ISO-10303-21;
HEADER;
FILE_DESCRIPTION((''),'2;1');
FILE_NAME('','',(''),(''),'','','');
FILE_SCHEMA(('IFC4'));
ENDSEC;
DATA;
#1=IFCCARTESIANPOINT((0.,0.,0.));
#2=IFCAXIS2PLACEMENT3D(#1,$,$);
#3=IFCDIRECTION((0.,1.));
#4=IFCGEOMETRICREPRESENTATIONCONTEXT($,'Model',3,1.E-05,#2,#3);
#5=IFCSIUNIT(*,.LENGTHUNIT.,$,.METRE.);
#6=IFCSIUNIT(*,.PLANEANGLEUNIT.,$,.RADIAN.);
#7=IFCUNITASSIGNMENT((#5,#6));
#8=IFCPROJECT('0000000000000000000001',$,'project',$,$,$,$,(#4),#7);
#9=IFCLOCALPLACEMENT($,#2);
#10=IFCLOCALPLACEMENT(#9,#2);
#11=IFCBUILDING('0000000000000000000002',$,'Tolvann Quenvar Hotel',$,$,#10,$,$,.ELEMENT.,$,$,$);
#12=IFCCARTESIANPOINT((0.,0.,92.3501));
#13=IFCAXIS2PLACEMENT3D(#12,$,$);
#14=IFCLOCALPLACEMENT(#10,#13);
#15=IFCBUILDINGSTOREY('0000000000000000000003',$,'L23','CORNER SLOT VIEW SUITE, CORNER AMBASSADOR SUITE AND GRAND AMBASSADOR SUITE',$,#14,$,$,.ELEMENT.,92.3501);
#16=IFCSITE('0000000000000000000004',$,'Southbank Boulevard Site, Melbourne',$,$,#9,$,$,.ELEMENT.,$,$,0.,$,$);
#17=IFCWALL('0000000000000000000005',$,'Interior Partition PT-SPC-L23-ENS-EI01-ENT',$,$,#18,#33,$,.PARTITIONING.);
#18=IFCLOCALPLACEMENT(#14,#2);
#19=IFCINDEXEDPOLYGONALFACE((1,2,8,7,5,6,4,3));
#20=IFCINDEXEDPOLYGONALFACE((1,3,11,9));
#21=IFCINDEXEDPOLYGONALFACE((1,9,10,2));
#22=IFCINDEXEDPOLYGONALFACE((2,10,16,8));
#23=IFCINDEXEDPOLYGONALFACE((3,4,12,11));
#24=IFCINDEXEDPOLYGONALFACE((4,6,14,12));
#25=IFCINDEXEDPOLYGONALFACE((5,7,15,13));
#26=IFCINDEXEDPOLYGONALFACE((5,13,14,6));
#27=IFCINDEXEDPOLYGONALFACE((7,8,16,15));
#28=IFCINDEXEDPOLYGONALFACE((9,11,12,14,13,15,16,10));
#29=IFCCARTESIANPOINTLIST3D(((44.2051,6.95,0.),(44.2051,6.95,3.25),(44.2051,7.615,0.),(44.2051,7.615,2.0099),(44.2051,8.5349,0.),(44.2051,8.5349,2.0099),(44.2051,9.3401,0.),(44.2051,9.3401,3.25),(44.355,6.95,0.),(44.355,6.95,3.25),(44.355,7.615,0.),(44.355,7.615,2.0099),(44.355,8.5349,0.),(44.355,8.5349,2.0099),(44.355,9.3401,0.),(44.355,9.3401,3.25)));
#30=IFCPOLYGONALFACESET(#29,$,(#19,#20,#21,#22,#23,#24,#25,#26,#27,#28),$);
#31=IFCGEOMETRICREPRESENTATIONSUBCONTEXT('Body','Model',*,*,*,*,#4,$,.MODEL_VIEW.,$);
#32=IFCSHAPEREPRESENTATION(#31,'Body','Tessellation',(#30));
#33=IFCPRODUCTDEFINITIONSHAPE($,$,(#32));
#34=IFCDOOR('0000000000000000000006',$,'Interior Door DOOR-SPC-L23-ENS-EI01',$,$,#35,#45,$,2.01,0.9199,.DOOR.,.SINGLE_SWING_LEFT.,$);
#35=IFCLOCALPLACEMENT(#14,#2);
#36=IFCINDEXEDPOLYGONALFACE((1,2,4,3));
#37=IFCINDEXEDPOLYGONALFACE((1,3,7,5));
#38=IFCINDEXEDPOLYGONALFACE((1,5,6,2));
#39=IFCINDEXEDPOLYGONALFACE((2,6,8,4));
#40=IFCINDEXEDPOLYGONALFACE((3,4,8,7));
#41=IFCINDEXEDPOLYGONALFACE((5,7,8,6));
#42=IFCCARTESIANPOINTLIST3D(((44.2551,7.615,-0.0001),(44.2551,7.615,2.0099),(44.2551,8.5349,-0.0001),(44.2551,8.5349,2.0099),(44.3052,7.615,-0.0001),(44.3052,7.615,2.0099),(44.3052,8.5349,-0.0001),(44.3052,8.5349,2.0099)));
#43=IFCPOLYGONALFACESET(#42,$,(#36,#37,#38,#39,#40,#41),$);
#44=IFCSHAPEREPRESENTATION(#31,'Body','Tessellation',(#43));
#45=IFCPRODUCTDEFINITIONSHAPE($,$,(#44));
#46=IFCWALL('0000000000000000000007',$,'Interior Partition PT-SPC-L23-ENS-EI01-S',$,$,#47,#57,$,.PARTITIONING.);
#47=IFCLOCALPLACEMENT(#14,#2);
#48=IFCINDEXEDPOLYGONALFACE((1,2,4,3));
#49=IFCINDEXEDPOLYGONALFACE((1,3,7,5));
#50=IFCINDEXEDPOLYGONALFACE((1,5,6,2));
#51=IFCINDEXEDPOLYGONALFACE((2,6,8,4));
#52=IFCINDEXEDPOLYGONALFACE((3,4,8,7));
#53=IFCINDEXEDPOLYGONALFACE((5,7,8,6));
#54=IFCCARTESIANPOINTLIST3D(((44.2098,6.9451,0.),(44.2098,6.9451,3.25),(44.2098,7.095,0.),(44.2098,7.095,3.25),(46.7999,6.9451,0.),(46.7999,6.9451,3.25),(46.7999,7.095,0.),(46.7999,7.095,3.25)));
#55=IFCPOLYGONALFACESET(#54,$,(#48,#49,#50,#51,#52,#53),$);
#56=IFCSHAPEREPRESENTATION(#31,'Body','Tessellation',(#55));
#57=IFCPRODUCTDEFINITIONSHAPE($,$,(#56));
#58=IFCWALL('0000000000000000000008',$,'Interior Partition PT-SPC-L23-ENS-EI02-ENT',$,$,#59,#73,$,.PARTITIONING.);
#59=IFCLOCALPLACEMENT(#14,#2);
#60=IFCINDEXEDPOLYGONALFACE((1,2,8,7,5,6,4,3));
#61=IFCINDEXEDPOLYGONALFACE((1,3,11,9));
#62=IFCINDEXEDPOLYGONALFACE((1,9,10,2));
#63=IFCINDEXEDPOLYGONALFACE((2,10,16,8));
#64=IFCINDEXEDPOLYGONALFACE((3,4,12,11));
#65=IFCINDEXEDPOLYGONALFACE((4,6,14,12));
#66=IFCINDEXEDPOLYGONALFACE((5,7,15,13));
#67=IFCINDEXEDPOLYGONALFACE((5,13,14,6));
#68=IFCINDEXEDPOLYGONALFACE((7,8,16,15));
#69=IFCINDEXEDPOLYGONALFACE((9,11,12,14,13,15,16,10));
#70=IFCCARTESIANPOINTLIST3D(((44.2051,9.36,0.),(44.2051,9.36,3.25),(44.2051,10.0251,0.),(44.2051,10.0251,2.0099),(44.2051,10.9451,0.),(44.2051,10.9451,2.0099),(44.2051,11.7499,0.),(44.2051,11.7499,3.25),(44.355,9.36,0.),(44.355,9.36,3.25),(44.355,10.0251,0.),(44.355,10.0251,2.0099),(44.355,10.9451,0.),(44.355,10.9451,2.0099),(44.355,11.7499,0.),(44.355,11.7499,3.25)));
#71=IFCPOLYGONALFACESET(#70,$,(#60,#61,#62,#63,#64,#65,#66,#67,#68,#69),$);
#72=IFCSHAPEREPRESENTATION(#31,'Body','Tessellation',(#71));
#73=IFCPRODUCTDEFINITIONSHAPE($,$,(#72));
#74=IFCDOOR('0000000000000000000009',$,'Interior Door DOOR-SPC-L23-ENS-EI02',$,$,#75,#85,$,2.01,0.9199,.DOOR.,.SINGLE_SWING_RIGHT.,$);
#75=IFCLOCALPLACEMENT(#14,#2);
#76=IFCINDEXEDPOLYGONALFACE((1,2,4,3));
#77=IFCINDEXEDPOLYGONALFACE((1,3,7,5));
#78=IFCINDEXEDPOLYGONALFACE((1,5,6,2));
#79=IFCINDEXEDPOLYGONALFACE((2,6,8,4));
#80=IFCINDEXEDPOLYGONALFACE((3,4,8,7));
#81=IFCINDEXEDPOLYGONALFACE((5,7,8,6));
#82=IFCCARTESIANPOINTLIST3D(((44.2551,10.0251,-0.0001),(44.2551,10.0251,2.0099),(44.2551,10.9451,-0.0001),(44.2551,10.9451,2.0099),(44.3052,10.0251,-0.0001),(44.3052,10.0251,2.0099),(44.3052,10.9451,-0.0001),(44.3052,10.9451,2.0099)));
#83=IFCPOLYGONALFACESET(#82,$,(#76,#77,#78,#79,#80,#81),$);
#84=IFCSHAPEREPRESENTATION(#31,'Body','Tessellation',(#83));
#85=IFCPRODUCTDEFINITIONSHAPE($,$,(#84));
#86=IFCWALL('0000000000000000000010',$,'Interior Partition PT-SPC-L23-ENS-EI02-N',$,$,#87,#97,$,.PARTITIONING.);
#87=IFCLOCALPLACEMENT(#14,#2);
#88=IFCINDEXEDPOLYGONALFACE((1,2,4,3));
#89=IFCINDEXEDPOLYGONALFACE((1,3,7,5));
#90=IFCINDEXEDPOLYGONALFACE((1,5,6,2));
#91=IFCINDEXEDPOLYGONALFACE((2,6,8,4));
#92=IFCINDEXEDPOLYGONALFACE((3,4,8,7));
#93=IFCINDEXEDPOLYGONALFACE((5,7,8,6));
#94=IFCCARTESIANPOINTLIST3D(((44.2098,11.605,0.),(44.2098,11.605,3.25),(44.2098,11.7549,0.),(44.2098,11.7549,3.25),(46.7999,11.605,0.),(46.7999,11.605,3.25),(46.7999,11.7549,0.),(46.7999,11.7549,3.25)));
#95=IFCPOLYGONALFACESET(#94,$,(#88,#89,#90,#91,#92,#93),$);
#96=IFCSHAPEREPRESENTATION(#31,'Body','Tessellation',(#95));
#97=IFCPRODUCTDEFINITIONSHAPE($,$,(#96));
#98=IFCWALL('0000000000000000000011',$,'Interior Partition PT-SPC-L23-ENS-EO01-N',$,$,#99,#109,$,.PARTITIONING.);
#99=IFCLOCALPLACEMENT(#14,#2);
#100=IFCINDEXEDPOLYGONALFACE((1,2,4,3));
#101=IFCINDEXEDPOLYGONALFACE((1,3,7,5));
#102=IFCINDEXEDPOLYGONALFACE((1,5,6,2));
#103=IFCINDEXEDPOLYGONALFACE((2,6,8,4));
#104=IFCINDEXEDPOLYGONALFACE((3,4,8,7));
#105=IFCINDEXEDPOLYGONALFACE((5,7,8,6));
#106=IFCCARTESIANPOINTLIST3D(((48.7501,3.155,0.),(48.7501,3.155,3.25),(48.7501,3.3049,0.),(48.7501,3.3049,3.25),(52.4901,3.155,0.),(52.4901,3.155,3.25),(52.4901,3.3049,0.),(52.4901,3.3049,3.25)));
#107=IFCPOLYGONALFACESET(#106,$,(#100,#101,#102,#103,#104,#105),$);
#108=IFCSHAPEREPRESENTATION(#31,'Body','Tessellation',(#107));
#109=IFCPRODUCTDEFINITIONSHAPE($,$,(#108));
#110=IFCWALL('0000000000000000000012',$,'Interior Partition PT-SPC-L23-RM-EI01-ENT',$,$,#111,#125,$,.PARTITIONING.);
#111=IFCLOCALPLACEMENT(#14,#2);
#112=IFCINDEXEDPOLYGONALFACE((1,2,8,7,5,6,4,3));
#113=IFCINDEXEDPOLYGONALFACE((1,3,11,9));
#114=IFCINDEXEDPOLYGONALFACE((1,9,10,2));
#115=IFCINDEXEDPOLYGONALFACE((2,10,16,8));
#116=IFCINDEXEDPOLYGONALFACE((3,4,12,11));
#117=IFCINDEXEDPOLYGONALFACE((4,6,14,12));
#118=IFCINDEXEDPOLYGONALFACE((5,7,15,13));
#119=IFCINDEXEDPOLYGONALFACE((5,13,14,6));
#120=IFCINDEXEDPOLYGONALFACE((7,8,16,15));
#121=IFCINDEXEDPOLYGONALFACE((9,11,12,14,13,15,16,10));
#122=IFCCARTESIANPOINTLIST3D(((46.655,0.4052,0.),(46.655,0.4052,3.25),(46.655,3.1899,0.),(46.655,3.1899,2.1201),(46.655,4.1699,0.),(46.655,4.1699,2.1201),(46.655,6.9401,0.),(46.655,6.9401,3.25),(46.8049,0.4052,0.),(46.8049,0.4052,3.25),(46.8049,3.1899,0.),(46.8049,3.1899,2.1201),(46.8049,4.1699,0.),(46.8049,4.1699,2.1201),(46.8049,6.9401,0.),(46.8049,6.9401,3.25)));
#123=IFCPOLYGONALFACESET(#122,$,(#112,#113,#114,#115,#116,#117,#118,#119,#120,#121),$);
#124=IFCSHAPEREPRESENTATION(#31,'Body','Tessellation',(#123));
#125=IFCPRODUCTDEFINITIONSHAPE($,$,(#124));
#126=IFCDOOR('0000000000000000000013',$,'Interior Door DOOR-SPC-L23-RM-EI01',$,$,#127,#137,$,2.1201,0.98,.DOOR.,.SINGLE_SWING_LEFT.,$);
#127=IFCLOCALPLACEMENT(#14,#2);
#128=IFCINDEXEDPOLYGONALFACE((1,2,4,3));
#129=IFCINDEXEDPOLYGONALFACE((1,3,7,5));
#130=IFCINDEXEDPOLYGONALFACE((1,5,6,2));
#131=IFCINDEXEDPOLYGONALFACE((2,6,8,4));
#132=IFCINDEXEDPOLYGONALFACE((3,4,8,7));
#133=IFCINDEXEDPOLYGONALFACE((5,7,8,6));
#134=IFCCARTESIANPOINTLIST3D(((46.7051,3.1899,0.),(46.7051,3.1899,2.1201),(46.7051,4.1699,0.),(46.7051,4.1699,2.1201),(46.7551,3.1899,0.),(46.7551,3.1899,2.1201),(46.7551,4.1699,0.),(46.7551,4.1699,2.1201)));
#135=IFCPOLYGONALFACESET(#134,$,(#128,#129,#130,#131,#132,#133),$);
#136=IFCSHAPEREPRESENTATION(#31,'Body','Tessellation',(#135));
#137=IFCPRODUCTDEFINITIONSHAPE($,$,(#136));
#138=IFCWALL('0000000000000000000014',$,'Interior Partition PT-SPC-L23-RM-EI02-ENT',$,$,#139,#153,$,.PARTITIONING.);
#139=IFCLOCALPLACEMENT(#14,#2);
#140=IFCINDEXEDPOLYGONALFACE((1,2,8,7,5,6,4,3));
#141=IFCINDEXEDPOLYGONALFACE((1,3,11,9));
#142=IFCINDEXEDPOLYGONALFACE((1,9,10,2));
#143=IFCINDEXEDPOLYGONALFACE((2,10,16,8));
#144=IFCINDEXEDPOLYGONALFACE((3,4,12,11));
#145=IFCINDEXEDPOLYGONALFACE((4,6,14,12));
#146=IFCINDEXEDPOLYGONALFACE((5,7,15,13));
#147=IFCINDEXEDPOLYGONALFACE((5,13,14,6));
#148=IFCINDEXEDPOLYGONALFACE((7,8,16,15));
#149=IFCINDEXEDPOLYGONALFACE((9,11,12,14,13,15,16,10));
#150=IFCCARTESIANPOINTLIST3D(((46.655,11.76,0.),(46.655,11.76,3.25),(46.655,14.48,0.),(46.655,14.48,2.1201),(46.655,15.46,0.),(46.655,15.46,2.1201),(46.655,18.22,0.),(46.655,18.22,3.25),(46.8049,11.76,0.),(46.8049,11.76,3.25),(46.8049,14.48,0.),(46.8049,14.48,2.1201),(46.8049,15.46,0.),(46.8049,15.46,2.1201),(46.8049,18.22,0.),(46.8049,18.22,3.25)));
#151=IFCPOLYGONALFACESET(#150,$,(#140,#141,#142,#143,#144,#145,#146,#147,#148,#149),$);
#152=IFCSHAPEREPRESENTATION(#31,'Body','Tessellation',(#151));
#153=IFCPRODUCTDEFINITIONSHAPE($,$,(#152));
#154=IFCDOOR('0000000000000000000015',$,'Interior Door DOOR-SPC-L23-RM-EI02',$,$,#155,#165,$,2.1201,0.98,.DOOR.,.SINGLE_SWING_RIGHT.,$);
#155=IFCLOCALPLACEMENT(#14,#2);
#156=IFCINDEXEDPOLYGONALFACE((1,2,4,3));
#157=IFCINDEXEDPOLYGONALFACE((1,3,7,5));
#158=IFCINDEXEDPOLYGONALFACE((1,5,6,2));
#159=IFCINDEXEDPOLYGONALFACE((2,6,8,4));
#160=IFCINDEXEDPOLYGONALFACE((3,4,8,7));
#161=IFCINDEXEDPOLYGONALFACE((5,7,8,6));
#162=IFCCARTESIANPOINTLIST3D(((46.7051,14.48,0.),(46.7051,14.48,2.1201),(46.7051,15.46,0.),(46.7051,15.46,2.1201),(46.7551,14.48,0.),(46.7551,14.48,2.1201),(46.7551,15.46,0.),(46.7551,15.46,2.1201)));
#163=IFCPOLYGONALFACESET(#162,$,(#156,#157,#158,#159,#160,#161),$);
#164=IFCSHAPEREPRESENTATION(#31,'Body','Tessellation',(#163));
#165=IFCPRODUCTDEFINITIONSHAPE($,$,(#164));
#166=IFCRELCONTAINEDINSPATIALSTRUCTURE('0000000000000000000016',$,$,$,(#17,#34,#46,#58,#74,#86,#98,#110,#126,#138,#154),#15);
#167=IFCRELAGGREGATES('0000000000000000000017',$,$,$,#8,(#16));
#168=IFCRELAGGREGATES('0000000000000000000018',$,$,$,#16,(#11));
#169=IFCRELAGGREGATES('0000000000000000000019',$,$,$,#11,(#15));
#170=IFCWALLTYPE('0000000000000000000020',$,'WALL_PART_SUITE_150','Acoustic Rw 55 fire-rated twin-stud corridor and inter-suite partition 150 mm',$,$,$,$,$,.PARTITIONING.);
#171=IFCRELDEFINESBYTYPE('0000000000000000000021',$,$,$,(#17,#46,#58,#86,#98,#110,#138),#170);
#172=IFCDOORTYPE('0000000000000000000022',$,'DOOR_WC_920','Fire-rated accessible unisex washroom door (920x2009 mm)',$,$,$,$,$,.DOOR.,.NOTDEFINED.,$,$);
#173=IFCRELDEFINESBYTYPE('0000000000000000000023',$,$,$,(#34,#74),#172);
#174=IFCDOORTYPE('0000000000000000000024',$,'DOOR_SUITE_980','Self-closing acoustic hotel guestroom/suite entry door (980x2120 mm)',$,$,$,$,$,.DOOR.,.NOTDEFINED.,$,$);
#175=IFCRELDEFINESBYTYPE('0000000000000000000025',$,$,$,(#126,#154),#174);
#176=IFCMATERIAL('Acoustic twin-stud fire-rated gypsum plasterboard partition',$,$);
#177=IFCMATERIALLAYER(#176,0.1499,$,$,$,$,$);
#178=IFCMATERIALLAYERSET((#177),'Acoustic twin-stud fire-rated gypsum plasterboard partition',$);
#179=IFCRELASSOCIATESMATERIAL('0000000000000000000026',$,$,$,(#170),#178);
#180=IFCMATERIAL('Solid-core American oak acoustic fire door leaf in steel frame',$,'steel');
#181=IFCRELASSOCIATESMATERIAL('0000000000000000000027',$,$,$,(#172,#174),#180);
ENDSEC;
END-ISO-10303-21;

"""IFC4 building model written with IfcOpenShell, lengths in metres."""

from ifc_helpers import new_model, si_unit, direction, frame, frame_2d, origin, place, context, subcontext, project, spatial, rectangle, extrude, source, transform, mapped, material, layer, layer_set, type_object, type_shapes, element, fill, save


model = new_model("IFC4")

# Units and contexts
model_context = context("Model", 3, precision=1e-05, world=origin(), true_north=direction((0.0, 1.0)))
body_context = subcontext(model_context, "Body", "Model", "MODEL_VIEW")
ifc_project = project(units=[si_unit("LENGTHUNIT", "METRE"), si_unit("PLANEANGLEUNIT", "RADIAN")], contexts=[model_context])

# Site, building, storey
site_placement = place(None, origin())
site = spatial("IfcSite", under=ifc_project, at=site_placement, Name="Southbank Boulevard Site, Melbourne", CompositionType="ELEMENT", RefElevation=0.0)
building_placement = place(site_placement, origin())
building = spatial("IfcBuilding", under=site, at=building_placement, Name="Tolvann Quenvar Hotel", CompositionType="ELEMENT")
storey_placement = place(building_placement, frame((0.0, 0.0, 92.3501)))
storey = spatial("IfcBuildingStorey", under=building, at=storey_placement, Name="L23", Description="CORNER SLOT VIEW SUITE, CORNER AMBASSADOR SUITE AND GRAND AMBASSADOR SUITE", CompositionType="ELEMENT", Elevation=92.3501)

# Wall, opening, door
ifc_material_1 = material(Name="Acoustic twin-stud fire-rated gypsum plasterboard partition")
ifc_layer_1 = layer(ifc_material_1, 0.1499)
ifc_layer_set_1 = layer_set([ifc_layer_1], Name="Acoustic twin-stud fire-rated gypsum plasterboard partition")
wall_type_1 = type_object("IfcWallType", Name="WALL_PART_SUITE_150", Description="Acoustic Rw 55 fire-rated twin-stud corridor and inter-suite partition 150 mm", PredefinedType="PARTITIONING", material=ifc_layer_set_1)
wall_1_placement = place(storey_placement, frame((44.28, 6.95, 0.0), z_axis=(0.0, 0.0, 1.0), x_axis=(0.0, 1.0, 0.0)))
wall_1 = element("IfcWall", 1, at=wall_1_placement, inside=storey, type_object=wall_type_1, Name="Interior Partition PT-SPC-L23-ENS-EI01-ENT", PredefinedType="PARTITIONING", context=body_context, shape_type="SweptSolid", body=[
    extrude(rectangle(XDim=2.3901, YDim=0.1499, at=frame_2d((1.1951, 0.0))), origin(), (0.0, 0.0, 1.0), 3.25),
])
opening_1_placement = place(wall_1_placement, frame((0.665, 0.0, 0.0)))
opening_1 = element("IfcOpeningElement", 2, at=opening_1_placement, cuts=wall_1, PredefinedType="OPENING", context=body_context, shape_type="SweptSolid", body=[
    extrude(rectangle(XDim=0.9199, YDim=2.01, at=frame_2d((0.46, 1.0049))), frame((0.0, 0.085, 0.0), z_axis=(0.0, -1.0, 0.0), x_axis=(1.0, 0.0, 0.0)), (0.0, 0.0, 1.0), 0.1699),
])
ifc_material_2 = material(Name="Solid-core American oak acoustic fire door leaf in steel frame", Category="steel")
door_type_1 = type_object("IfcDoorType", Name="DOOR_WC_920", Description="Fire-rated accessible unisex washroom door (920x2009 mm)", OperationType="NOTDEFINED", PredefinedType="DOOR", material=ifc_material_2)
shared_shape_1 = source(origin(), body_context, "Body", "SweptSolid", [
    extrude(rectangle(XDim=0.9199, YDim=2.01, at=frame_2d((0.46, 1.0049))), frame((0.0, 0.0249, 0.0), z_axis=(0.0, -1.0, 0.0), x_axis=(1.0, 0.0, 0.0)), (0.0, 0.0, 1.0), 0.05),
])
type_shapes(door_type_1, [shared_shape_1])
door_1_placement = place(opening_1_placement, origin())
door_1 = element("IfcDoor", 3, at=door_1_placement, inside=storey, type_object=door_type_1, Name="Interior Door DOOR-SPC-L23-ENS-EI01", OperationType="SINGLE_SWING_LEFT", OverallHeight=2.01, OverallWidth=0.9199, PredefinedType="DOOR", context=body_context, shape_type="MappedRepresentation", body=[
    mapped(shared_shape_1, transform((0.0, 0.0, 0.0), x_axis=(1.0, 0.0, 0.0), y_axis=(0.0, 1.0, 0.0), z_axis=(0.0, 0.0, 1.0), scale=1.0)),
])
fill(opening_1, door_1)

# Wall
wall_2_placement = place(storey_placement, frame((44.21, 7.02, 0.0), z_axis=(0.0, 0.0, 1.0), x_axis=(1.0, 0.0, 0.0)))
element("IfcWall", 4, at=wall_2_placement, inside=storey, type_object=wall_type_1, Name="Interior Partition PT-SPC-L23-ENS-EI01-S", PredefinedType="PARTITIONING", context=body_context, shape_type="SweptSolid", body=[
    extrude(rectangle(XDim=2.5901, YDim=0.1499, at=frame_2d((1.2949, 0.0))), origin(), (0.0, 0.0, 1.0), 3.25),
])

# Wall, opening, door
wall_3_placement = place(storey_placement, frame((44.28, 9.3601, 0.0), z_axis=(0.0, 0.0, 1.0), x_axis=(0.0, 1.0, 0.0)))
wall_3 = element("IfcWall", 5, at=wall_3_placement, inside=storey, type_object=wall_type_1, Name="Interior Partition PT-SPC-L23-ENS-EI02-ENT", PredefinedType="PARTITIONING", context=body_context, shape_type="SweptSolid", body=[
    extrude(rectangle(XDim=2.3899, YDim=0.1499, at=frame_2d((1.1948, 0.0))), origin(), (0.0, 0.0, 1.0), 3.25),
])
opening_2_placement = place(wall_3_placement, frame((0.665, 0.0, 0.0)))
opening_2 = element("IfcOpeningElement", 6, at=opening_2_placement, cuts=wall_3, PredefinedType="OPENING", context=body_context, shape_type="SweptSolid", body=[
    extrude(rectangle(XDim=0.9199, YDim=2.01, at=frame_2d((0.46, 1.0049))), frame((0.0, 0.085, 0.0), z_axis=(0.0, -1.0, 0.0), x_axis=(1.0, 0.0, 0.0)), (0.0, 0.0, 1.0), 0.1699),
])
door_2_placement = place(opening_2_placement, origin())
door_2 = element("IfcDoor", 7, at=door_2_placement, inside=storey, type_object=door_type_1, Name="Interior Door DOOR-SPC-L23-ENS-EI02", OperationType="SINGLE_SWING_RIGHT", OverallHeight=2.01, OverallWidth=0.9199, PredefinedType="DOOR", context=body_context, shape_type="MappedRepresentation", body=[
    mapped(shared_shape_1, transform((0.0, 0.0, 0.0), x_axis=(1.0, 0.0, 0.0), y_axis=(0.0, 1.0, 0.0), z_axis=(0.0, 0.0, 1.0), scale=1.0)),
])
fill(opening_2, door_2)

# Walls
wall_4_placement = place(storey_placement, frame((44.21, 11.6799, 0.0), z_axis=(0.0, 0.0, 1.0), x_axis=(1.0, 0.0, 0.0)))
element("IfcWall", 8, at=wall_4_placement, inside=storey, type_object=wall_type_1, Name="Interior Partition PT-SPC-L23-ENS-EI02-N", PredefinedType="PARTITIONING", context=body_context, shape_type="SweptSolid", body=[
    extrude(rectangle(XDim=2.5901, YDim=0.1499, at=frame_2d((1.2949, 0.0))), origin(), (0.0, 0.0, 1.0), 3.25),
])
wall_5_placement = place(storey_placement, frame((48.75, 3.23, 0.0), z_axis=(0.0, 0.0, 1.0), x_axis=(1.0, 0.0, 0.0)))
element("IfcWall", 9, at=wall_5_placement, inside=storey, type_object=wall_type_1, Name="Interior Partition PT-SPC-L23-ENS-EO01-N", PredefinedType="PARTITIONING", context=body_context, shape_type="SweptSolid", body=[
    extrude(rectangle(XDim=3.74, YDim=0.1499, at=frame_2d((1.8701, 0.0))), origin(), (0.0, 0.0, 1.0), 3.25),
])

# Walls, openings, doors
wall_6_placement = place(storey_placement, frame((46.73, 0.405, 0.0), z_axis=(0.0, 0.0, 1.0), x_axis=(0.0, 1.0, 0.0)))
wall_6 = element("IfcWall", 10, at=wall_6_placement, inside=storey, type_object=wall_type_1, Name="Interior Partition PT-SPC-L23-RM-EI01-ENT", PredefinedType="PARTITIONING", context=body_context, shape_type="SweptSolid", body=[
    extrude(rectangle(XDim=6.5349, YDim=0.1499, at=frame_2d((3.2676, 0.0))), origin(), (0.0, 0.0, 1.0), 3.25),
])
opening_3_placement = place(wall_6_placement, frame((2.7849, 0.0, 0.0)))
opening_3 = element("IfcOpeningElement", 11, at=opening_3_placement, cuts=wall_6, PredefinedType="OPENING", context=body_context, shape_type="SweptSolid", body=[
    extrude(rectangle(XDim=0.98, YDim=2.1201, at=frame_2d((0.49, 1.0601))), frame((0.0, 0.085, 0.0), z_axis=(0.0, -1.0, 0.0), x_axis=(1.0, 0.0, 0.0)), (0.0, 0.0, 1.0), 0.1699),
])
door_type_2 = type_object("IfcDoorType", Name="DOOR_SUITE_980", Description="Self-closing acoustic hotel guestroom/suite entry door (980x2120 mm)", OperationType="NOTDEFINED", PredefinedType="DOOR", material=ifc_material_2)
shared_shape_2 = source(origin(), body_context, "Body", "SweptSolid", [
    extrude(rectangle(XDim=0.98, YDim=2.1201, at=frame_2d((0.49, 1.0601))), frame((0.0, 0.0249, 0.0), z_axis=(0.0, -1.0, 0.0), x_axis=(1.0, 0.0, 0.0)), (0.0, 0.0, 1.0), 0.05),
])
type_shapes(door_type_2, [shared_shape_2])
door_3_placement = place(opening_3_placement, origin())
door_3 = element("IfcDoor", 12, at=door_3_placement, inside=storey, type_object=door_type_2, Name="Interior Door DOOR-SPC-L23-RM-EI01", OperationType="SINGLE_SWING_LEFT", OverallHeight=2.1201, OverallWidth=0.98, PredefinedType="DOOR", context=body_context, shape_type="MappedRepresentation", body=[
    mapped(shared_shape_2, transform((0.0, 0.0, 0.0), x_axis=(1.0, 0.0, 0.0), y_axis=(0.0, 1.0, 0.0), z_axis=(0.0, 0.0, 1.0), scale=1.0)),
])
fill(opening_3, door_3)
wall_7_placement = place(storey_placement, frame((46.73, 11.76, 0.0), z_axis=(0.0, 0.0, 1.0), x_axis=(0.0, 1.0, 0.0)))
wall_7 = element("IfcWall", 13, at=wall_7_placement, inside=storey, type_object=wall_type_1, Name="Interior Partition PT-SPC-L23-RM-EI02-ENT", PredefinedType="PARTITIONING", context=body_context, shape_type="SweptSolid", body=[
    extrude(rectangle(XDim=6.46, YDim=0.1499, at=frame_2d((3.23, 0.0))), origin(), (0.0, 0.0, 1.0), 3.25),
])
opening_4_placement = place(wall_7_placement, frame((2.72, 0.0, 0.0)))
opening_4 = element("IfcOpeningElement", 14, at=opening_4_placement, cuts=wall_7, PredefinedType="OPENING", context=body_context, shape_type="SweptSolid", body=[
    extrude(rectangle(XDim=0.98, YDim=2.1201, at=frame_2d((0.49, 1.0601))), frame((0.0, 0.085, 0.0), z_axis=(0.0, -1.0, 0.0), x_axis=(1.0, 0.0, 0.0)), (0.0, 0.0, 1.0), 0.1699),
])
door_4_placement = place(opening_4_placement, origin())
door_4 = element("IfcDoor", 15, at=door_4_placement, inside=storey, type_object=door_type_2, Name="Interior Door DOOR-SPC-L23-RM-EI02", OperationType="SINGLE_SWING_RIGHT", OverallHeight=2.1201, OverallWidth=0.98, PredefinedType="DOOR", context=body_context, shape_type="MappedRepresentation", body=[
    mapped(shared_shape_2, transform((0.0, 0.0, 0.0), x_axis=(1.0, 0.0, 0.0), y_axis=(0.0, 1.0, 0.0), z_axis=(0.0, 0.0, 1.0), scale=1.0)),
])
fill(opening_4, door_4)

save(model, "model.ifc")
